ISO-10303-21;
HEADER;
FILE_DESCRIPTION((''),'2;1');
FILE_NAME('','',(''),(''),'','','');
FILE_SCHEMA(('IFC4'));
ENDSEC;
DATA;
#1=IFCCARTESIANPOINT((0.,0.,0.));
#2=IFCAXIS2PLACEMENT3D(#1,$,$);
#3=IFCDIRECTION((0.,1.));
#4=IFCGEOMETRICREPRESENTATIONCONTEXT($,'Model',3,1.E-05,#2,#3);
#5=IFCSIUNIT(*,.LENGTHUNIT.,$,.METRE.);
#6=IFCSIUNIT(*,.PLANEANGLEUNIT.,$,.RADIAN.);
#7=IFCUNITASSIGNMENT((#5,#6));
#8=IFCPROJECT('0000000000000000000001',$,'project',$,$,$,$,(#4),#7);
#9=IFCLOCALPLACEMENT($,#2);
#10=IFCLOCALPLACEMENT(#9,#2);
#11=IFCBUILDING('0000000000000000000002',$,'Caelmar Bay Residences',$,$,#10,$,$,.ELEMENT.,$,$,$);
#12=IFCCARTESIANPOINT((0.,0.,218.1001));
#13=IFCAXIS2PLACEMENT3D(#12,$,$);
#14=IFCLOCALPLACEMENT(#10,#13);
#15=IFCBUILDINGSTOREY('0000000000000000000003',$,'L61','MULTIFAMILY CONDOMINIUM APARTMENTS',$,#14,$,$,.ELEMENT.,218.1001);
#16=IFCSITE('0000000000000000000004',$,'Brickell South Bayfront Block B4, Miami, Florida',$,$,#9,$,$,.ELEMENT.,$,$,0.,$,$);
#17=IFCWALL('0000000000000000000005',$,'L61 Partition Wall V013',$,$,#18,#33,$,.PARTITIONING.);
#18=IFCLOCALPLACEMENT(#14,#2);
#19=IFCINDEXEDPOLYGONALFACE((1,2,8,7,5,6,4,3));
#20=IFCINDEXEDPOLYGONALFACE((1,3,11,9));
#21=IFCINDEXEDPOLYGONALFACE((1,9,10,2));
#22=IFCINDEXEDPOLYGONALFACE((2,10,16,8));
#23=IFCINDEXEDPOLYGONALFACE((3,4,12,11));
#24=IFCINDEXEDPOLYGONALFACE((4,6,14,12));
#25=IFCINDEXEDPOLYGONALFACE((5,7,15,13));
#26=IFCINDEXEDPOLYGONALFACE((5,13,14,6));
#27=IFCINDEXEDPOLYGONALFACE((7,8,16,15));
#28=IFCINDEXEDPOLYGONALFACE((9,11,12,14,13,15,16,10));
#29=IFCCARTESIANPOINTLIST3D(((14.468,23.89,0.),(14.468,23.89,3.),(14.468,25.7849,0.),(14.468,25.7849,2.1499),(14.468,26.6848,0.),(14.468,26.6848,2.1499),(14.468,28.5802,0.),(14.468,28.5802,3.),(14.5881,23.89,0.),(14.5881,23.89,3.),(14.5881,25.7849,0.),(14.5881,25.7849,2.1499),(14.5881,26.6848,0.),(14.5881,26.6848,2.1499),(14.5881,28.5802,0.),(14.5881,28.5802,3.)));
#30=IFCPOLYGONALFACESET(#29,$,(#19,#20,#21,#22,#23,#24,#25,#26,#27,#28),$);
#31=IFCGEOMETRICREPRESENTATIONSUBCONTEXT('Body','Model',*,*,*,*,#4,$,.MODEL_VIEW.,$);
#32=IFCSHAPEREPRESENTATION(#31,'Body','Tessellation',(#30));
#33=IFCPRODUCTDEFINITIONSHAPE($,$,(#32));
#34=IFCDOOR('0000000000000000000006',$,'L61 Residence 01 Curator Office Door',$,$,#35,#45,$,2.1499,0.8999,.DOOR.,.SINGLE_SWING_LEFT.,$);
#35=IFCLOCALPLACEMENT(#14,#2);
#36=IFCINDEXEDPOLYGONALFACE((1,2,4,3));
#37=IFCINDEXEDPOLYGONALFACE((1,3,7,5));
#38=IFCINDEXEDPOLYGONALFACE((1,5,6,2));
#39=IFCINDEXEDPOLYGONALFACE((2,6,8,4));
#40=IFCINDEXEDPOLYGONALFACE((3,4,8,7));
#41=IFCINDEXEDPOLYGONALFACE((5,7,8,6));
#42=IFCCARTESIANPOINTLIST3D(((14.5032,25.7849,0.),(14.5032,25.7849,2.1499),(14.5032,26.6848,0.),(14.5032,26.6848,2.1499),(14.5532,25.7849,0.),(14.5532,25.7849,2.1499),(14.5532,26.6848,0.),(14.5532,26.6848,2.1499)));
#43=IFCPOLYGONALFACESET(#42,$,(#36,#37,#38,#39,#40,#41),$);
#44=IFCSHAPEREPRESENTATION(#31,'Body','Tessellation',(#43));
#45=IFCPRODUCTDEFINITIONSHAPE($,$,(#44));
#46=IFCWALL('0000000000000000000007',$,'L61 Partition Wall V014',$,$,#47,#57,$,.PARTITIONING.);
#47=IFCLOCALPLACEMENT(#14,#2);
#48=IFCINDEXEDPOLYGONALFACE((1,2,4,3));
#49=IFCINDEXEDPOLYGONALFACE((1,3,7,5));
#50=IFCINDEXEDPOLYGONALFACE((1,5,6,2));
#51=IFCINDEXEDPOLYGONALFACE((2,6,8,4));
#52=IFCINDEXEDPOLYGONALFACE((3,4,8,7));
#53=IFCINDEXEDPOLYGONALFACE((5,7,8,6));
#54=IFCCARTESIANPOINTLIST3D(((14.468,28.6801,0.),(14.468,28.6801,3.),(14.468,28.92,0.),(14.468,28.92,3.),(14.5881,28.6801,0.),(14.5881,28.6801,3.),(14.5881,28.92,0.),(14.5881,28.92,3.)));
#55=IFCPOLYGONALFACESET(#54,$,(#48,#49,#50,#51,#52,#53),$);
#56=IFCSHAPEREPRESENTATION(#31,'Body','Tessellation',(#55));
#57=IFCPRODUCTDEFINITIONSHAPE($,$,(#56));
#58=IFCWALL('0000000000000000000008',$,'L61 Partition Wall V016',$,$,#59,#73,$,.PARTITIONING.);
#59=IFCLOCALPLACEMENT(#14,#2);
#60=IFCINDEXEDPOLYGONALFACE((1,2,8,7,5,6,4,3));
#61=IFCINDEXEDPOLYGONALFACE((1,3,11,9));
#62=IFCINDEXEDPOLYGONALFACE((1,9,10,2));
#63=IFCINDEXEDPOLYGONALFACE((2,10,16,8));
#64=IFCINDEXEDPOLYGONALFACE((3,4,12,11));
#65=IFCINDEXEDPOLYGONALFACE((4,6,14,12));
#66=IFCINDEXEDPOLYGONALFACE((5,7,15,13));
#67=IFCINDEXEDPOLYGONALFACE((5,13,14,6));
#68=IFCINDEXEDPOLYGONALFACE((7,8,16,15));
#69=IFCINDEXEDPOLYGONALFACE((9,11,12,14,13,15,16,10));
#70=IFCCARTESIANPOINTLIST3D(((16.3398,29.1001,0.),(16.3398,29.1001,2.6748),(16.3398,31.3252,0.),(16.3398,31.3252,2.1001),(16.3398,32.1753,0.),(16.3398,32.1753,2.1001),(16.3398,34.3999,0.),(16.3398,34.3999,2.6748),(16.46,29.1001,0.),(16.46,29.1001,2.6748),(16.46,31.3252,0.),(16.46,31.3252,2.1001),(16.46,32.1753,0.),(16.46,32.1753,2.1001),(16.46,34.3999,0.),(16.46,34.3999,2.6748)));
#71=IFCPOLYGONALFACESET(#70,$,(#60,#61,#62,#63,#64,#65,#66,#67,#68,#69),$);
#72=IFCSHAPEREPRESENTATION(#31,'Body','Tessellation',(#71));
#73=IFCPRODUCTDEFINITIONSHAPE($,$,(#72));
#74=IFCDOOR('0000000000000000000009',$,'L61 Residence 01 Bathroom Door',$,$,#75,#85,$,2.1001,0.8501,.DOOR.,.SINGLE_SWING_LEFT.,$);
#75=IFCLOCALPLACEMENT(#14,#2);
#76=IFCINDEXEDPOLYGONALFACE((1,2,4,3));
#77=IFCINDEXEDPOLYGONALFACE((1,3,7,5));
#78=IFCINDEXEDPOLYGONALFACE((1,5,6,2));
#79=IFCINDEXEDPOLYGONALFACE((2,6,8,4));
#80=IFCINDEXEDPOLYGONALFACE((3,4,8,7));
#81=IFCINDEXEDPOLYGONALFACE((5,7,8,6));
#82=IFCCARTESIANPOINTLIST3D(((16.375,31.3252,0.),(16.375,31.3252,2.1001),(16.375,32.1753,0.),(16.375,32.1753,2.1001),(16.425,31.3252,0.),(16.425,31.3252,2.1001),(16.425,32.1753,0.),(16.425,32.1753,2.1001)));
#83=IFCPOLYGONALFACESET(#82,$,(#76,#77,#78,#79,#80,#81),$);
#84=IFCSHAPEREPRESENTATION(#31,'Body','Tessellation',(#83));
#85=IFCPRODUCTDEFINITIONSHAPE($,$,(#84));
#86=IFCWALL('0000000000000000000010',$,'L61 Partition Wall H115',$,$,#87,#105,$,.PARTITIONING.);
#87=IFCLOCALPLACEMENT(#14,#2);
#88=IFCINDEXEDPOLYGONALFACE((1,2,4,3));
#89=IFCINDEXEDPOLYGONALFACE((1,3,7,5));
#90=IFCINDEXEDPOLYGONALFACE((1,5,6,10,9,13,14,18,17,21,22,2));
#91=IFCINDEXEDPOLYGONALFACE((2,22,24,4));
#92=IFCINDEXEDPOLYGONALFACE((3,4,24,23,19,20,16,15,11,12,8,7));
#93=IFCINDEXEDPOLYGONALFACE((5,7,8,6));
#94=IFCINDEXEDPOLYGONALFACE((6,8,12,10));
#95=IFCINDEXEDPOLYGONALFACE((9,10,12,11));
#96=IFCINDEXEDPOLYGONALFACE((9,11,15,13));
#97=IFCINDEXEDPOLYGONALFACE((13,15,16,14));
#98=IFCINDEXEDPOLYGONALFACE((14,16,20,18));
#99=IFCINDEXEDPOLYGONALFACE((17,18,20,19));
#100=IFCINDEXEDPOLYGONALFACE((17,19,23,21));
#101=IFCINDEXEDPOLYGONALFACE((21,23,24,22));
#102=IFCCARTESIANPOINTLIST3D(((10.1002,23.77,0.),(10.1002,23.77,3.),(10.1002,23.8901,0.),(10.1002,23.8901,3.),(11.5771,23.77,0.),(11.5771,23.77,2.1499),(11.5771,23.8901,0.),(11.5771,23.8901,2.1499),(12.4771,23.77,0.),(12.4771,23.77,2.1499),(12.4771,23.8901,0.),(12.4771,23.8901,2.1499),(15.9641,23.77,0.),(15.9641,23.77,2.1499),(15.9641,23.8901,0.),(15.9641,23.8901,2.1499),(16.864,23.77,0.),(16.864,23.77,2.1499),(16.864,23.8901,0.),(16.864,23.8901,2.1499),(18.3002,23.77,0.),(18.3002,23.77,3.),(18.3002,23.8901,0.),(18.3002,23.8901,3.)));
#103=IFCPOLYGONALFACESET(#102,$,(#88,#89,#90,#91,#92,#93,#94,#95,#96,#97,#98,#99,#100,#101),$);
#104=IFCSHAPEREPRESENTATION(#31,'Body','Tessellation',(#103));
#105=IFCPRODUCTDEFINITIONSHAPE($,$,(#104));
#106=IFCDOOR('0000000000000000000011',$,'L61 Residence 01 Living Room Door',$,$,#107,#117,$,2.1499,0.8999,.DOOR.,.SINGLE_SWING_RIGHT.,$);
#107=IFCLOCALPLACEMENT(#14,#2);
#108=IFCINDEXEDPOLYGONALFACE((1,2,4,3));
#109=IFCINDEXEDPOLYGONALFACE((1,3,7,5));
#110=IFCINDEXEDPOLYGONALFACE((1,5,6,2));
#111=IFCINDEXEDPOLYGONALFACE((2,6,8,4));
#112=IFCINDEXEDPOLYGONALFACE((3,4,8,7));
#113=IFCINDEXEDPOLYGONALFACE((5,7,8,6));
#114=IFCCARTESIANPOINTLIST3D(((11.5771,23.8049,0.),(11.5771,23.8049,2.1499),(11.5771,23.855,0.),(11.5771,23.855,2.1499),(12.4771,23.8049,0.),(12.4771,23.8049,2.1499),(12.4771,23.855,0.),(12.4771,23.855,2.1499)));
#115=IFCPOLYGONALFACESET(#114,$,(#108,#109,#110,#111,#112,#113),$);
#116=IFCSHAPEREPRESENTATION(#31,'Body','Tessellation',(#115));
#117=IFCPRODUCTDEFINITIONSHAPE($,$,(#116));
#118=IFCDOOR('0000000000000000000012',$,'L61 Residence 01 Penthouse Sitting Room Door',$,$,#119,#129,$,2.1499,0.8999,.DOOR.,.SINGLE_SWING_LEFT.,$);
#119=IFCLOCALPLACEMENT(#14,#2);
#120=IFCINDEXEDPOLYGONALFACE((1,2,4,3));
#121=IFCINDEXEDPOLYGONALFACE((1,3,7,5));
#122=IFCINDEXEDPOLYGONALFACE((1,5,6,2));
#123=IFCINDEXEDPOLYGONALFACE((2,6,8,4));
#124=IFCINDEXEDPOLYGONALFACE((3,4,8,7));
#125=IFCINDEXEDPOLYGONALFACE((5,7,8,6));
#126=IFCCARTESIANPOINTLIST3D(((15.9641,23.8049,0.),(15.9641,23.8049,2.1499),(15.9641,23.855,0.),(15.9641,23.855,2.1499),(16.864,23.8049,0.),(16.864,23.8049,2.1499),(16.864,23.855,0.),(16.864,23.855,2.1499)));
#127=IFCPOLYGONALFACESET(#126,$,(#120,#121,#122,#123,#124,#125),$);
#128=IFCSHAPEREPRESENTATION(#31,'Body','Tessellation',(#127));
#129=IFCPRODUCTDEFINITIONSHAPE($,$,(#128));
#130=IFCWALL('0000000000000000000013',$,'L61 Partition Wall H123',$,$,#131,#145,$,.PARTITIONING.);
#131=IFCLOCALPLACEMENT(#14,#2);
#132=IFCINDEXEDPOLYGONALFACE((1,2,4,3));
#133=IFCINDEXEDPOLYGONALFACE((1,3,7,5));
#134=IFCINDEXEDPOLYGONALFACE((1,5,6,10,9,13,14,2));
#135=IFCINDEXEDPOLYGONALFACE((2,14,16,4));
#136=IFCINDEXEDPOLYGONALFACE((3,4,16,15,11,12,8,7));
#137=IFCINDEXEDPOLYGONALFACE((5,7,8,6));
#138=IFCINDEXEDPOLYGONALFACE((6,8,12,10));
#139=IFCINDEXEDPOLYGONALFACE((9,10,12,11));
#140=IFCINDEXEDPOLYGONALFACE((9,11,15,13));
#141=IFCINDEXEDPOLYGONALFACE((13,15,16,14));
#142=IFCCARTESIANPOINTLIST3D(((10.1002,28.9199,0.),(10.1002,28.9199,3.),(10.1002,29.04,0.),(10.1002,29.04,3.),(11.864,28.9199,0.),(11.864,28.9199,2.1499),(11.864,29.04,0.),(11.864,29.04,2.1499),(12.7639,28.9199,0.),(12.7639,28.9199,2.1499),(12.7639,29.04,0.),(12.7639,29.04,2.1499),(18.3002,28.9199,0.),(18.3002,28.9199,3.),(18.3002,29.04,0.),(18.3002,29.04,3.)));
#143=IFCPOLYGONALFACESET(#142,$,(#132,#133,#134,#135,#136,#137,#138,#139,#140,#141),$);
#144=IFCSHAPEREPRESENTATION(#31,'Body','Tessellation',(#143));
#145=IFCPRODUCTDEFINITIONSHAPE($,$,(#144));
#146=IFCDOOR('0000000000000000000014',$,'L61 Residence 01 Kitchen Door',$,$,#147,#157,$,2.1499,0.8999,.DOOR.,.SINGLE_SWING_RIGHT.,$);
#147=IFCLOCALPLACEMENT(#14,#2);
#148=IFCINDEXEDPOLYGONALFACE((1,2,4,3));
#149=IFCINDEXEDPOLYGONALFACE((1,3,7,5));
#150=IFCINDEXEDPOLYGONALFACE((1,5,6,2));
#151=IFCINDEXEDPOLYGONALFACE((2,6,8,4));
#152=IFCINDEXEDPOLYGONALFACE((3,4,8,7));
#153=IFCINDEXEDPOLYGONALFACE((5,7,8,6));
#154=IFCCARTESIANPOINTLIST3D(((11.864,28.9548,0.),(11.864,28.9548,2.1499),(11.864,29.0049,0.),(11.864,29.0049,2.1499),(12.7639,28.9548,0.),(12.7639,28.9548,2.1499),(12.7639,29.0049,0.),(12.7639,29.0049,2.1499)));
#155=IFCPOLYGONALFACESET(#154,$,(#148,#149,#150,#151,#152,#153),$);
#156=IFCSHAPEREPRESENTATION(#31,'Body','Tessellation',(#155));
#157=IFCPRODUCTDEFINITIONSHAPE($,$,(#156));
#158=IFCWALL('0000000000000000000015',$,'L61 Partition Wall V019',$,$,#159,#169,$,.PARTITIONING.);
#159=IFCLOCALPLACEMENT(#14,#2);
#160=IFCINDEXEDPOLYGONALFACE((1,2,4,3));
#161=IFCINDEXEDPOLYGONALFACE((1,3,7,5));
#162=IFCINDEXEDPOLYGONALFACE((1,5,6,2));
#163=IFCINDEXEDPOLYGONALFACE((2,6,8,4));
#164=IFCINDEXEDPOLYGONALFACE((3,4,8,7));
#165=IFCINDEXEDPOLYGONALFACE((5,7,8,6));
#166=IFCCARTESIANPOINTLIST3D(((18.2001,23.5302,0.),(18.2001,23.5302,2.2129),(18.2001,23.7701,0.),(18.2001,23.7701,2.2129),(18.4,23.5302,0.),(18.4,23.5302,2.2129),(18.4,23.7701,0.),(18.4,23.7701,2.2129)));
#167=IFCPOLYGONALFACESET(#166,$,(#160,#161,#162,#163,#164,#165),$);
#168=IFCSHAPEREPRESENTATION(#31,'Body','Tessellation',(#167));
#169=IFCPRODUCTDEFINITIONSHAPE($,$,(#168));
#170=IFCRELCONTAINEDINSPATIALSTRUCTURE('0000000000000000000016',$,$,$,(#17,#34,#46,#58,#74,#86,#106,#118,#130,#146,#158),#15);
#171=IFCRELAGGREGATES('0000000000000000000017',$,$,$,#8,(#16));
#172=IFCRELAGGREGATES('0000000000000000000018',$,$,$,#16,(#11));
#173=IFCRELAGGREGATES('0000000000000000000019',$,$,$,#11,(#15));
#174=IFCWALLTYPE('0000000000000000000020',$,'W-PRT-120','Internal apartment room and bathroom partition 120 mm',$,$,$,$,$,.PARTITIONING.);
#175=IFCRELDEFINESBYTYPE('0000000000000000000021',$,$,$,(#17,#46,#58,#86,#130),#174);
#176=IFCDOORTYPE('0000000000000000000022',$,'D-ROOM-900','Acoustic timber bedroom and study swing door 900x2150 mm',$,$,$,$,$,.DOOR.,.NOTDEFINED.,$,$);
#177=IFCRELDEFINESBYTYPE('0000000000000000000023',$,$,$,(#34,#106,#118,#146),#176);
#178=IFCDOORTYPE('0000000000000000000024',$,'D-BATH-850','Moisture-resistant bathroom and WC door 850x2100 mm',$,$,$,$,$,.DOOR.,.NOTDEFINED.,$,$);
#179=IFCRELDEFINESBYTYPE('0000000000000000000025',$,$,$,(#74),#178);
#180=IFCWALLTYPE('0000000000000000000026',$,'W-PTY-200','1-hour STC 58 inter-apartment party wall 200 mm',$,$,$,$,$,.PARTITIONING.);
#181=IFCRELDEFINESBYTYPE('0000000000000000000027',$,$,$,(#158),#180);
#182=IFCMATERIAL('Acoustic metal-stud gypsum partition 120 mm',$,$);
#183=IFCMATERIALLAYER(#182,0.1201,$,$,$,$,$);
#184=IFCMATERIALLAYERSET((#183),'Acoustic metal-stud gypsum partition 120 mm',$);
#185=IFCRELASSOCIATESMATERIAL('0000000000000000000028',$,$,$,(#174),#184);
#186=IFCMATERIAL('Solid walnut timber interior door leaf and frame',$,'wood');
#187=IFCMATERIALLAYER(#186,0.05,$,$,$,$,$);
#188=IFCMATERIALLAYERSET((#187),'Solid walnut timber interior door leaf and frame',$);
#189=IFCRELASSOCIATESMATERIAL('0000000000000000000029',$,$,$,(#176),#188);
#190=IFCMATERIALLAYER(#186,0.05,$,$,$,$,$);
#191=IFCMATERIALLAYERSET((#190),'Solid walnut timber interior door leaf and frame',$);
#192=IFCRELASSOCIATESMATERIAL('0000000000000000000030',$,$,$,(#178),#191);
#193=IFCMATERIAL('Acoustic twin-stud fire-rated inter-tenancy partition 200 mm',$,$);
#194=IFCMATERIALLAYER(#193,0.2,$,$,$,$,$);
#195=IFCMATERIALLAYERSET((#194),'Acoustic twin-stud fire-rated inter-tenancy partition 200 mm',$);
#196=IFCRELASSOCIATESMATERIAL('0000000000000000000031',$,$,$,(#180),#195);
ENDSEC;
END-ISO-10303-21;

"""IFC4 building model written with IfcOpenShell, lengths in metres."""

from ifc_helpers import new_model, si_unit, direction, frame, frame_2d, origin, place, context, subcontext, project, spatial, rectangle, extrude, material, layer, layer_set, type_object, element, fill, save


model = new_model("IFC4")

# Units and contexts
model_context = context("Model", 3, precision=1e-05, world=origin(), true_north=direction((0.0, 1.0)))
body_context = subcontext(model_context, "Body", "Model", "MODEL_VIEW")
ifc_project = project(units=[si_unit("LENGTHUNIT", "METRE"), si_unit("PLANEANGLEUNIT", "RADIAN")], contexts=[model_context])

# Site, building, storey
site_placement = place(None, origin())
site = spatial("IfcSite", under=ifc_project, at=site_placement, Name="Brickell South Bayfront Block B4, Miami, Florida", CompositionType="ELEMENT", RefElevation=0.0)
building_placement = place(site_placement, origin())
building = spatial("IfcBuilding", under=site, at=building_placement, Name="Caelmar Bay Residences", CompositionType="ELEMENT")
storey_placement = place(building_placement, frame((0.0, 0.0, 218.1001)))
storey = spatial("IfcBuildingStorey", under=building, at=storey_placement, Name="L61", Description="MULTIFAMILY CONDOMINIUM APARTMENTS", CompositionType="ELEMENT", Elevation=218.1001)

# Shared definitions
ifc_material_1 = material(Name="Acoustic metal-stud gypsum partition 120 mm")
ifc_layer_1 = layer(ifc_material_1, 0.1201)
ifc_layer_set_1 = layer_set([ifc_layer_1], Name="Acoustic metal-stud gypsum partition 120 mm")
wall_type_1 = type_object("IfcWallType", Name="W-PRT-120", Description="Internal apartment room and bathroom partition 120 mm", PredefinedType="PARTITIONING", material=ifc_layer_set_1)

# Shared definitions
ifc_material_2 = material(Name="Solid walnut timber interior door leaf and frame", Category="wood")
ifc_layer_2 = layer(ifc_material_2, 0.05)
ifc_layer_set_2 = layer_set([ifc_layer_2], Name="Solid walnut timber interior door leaf and frame")
door_type_1 = type_object("IfcDoorType", Name="D-ROOM-900", Description="Acoustic timber bedroom and study swing door 900x2150 mm", OperationType="NOTDEFINED", PredefinedType="DOOR", material=ifc_layer_set_2)

# Wall, opening, door
wall_1_placement = place(storey_placement, frame((14.5281, 23.8899, 0.0), z_axis=(0.0, 0.0, 1.0), x_axis=(0.0, 1.0, 0.0)))
wall_1 = element("IfcWall", 1, at=wall_1_placement, inside=storey, type_object=wall_type_1, Name="L61 Partition Wall V013", PredefinedType="PARTITIONING", context=body_context, shape_type="SweptSolid", body=[
    extrude(rectangle(XDim=4.6902, YDim=0.1201, at=frame_2d((2.3452, 0.0))), origin(), (0.0, 0.0, 1.0), 3.0),
])
opening_1_placement = place(wall_1_placement, frame((1.895, 0.0, 0.0)))
opening_1 = element("IfcOpeningElement", 2, at=opening_1_placement, cuts=wall_1, PredefinedType="OPENING", context=body_context, shape_type="SweptSolid", body=[
    extrude(rectangle(XDim=0.8999, YDim=2.1499, at=frame_2d((0.45, 1.075))), frame((0.0, 0.0701, 0.0), z_axis=(0.0, -1.0, 0.0), x_axis=(1.0, 0.0, 0.0)), (0.0, 0.0, 1.0), 0.1401),
])
door_1_placement = place(opening_1_placement, origin())
door_1 = element("IfcDoor", 3, at=door_1_placement, inside=storey, type_object=door_type_1, Name="L61 Residence 01 Curator Office Door", OperationType="SINGLE_SWING_LEFT", OverallHeight=2.1499, OverallWidth=0.8999, PredefinedType="DOOR", context=body_context, shape_type="SweptSolid", body=[
    extrude(rectangle(XDim=0.8999, YDim=2.1499, at=frame_2d((0.45, 1.075))), frame((0.0, 0.0249, 0.0), z_axis=(0.0, -1.0, 0.0), x_axis=(1.0, 0.0, 0.0)), (0.0, 0.0, 1.0), 0.05),
])
fill(opening_1, door_1)

# Wall
wall_2_placement = place(storey_placement, frame((14.5281, 28.6799, 0.0), z_axis=(0.0, 0.0, 1.0), x_axis=(0.0, 1.0, 0.0)))
element("IfcWall", 4, at=wall_2_placement, inside=storey, type_object=wall_type_1, Name="L61 Partition Wall V014", PredefinedType="PARTITIONING", context=body_context, shape_type="SweptSolid", body=[
    extrude(rectangle(XDim=0.24, YDim=0.1201, at=frame_2d((0.1201, 0.0))), origin(), (0.0, 0.0, 1.0), 3.0),
])

# Wall, opening, door
wall_3_placement = place(storey_placement, frame((16.3999, 29.1001, 0.0), z_axis=(0.0, 0.0, 1.0), x_axis=(0.0, 1.0, 0.0)))
wall_3 = element("IfcWall", 5, at=wall_3_placement, inside=storey, type_object=wall_type_1, Name="L61 Partition Wall V016", PredefinedType="PARTITIONING", context=body_context, shape_type="SweptSolid", body=[
    extrude(rectangle(XDim=5.2998, YDim=0.1201, at=frame_2d((2.6499, 0.0))), origin(), (0.0, 0.0, 1.0), 2.6748),
])
opening_2_placement = place(wall_3_placement, frame((2.2251, 0.0, 0.0)))
opening_2 = element("IfcOpeningElement", 6, at=opening_2_placement, cuts=wall_3, PredefinedType="OPENING", context=body_context, shape_type="SweptSolid", body=[
    extrude(rectangle(XDim=0.8501, YDim=2.1001, at=frame_2d((0.425, 1.05))), frame((0.0, 0.0701, 0.0), z_axis=(0.0, -1.0, 0.0), x_axis=(1.0, 0.0, 0.0)), (0.0, 0.0, 1.0), 0.1401),
])
ifc_layer_3 = layer(ifc_material_2, 0.05)
ifc_layer_set_3 = layer_set([ifc_layer_3], Name="Solid walnut timber interior door leaf and frame")
door_type_2 = type_object("IfcDoorType", Name="D-BATH-850", Description="Moisture-resistant bathroom and WC door 850x2100 mm", OperationType="NOTDEFINED", PredefinedType="DOOR", material=ifc_layer_set_3)
door_2_placement = place(opening_2_placement, origin())
door_2 = element("IfcDoor", 7, at=door_2_placement, inside=storey, type_object=door_type_2, Name="L61 Residence 01 Bathroom Door", OperationType="SINGLE_SWING_LEFT", OverallHeight=2.1001, OverallWidth=0.8501, PredefinedType="DOOR", context=body_context, shape_type="SweptSolid", body=[
    extrude(rectangle(XDim=0.8501, YDim=2.1001, at=frame_2d((0.425, 1.05))), frame((0.0, 0.0249, 0.0), z_axis=(0.0, -1.0, 0.0), x_axis=(1.0, 0.0, 0.0)), (0.0, 0.0, 1.0), 0.05),
])
fill(opening_2, door_2)

# Wall, openings, doors
wall_4_placement = place(storey_placement, frame((10.1001, 23.8301, 0.0), z_axis=(0.0, 0.0, 1.0), x_axis=(1.0, 0.0, 0.0)))
wall_4 = element("IfcWall", 8, at=wall_4_placement, inside=storey, type_object=wall_type_1, Name="L61 Partition Wall H115", PredefinedType="PARTITIONING", context=body_context, shape_type="SweptSolid", body=[
    extrude(rectangle(XDim=8.2, YDim=0.1201, at=frame_2d((4.1001, 0.0))), origin(), (0.0, 0.0, 1.0), 3.0),
])
opening_3_placement = place(wall_4_placement, frame((1.4771, 0.0, 0.0)))
opening_3 = element("IfcOpeningElement", 9, at=opening_3_placement, cuts=wall_4, PredefinedType="OPENING", context=body_context, shape_type="SweptSolid", body=[
    extrude(rectangle(XDim=0.8999, YDim=2.1499, at=frame_2d((0.45, 1.075))), frame((0.0, 0.0701, 0.0), z_axis=(0.0, -1.0, 0.0), x_axis=(1.0, 0.0, 0.0)), (0.0, 0.0, 1.0), 0.1401),
])
opening_4_placement = place(wall_4_placement, frame((5.864, 0.0, 0.0)))
opening_4 = element("IfcOpeningElement", 10, at=opening_4_placement, cuts=wall_4, PredefinedType="OPENING", context=body_context, shape_type="SweptSolid", body=[
    extrude(rectangle(XDim=0.8999, YDim=2.1499, at=frame_2d((0.45, 1.075))), frame((0.0, 0.0701, 0.0), z_axis=(0.0, -1.0, 0.0), x_axis=(1.0, 0.0, 0.0)), (0.0, 0.0, 1.0), 0.1401),
])
door_3_placement = place(opening_3_placement, origin())
door_3 = element("IfcDoor", 11, at=door_3_placement, inside=storey, type_object=door_type_1, Name="L61 Residence 01 Living Room Door", OperationType="SINGLE_SWING_RIGHT", OverallHeight=2.1499, OverallWidth=0.8999, PredefinedType="DOOR", context=body_context, shape_type="SweptSolid", body=[
    extrude(rectangle(XDim=0.8999, YDim=2.1499, at=frame_2d((0.45, 1.075))), frame((0.0, 0.0249, 0.0), z_axis=(0.0, -1.0, 0.0), x_axis=(1.0, 0.0, 0.0)), (0.0, 0.0, 1.0), 0.05),
])
fill(opening_3, door_3)
door_4_placement = place(opening_4_placement, origin())
door_4 = element("IfcDoor", 12, at=door_4_placement, inside=storey, type_object=door_type_1, Name="L61 Residence 01 Penthouse Sitting Room Door", OperationType="SINGLE_SWING_LEFT", OverallHeight=2.1499, OverallWidth=0.8999, PredefinedType="DOOR", context=body_context, shape_type="SweptSolid", body=[
    extrude(rectangle(XDim=0.8999, YDim=2.1499, at=frame_2d((0.45, 1.075))), frame((0.0, 0.0249, 0.0), z_axis=(0.0, -1.0, 0.0), x_axis=(1.0, 0.0, 0.0)), (0.0, 0.0, 1.0), 0.05),
])
fill(opening_4, door_4)

# Wall, opening, door
wall_5_placement = place(storey_placement, frame((10.1001, 28.98, 0.0), z_axis=(0.0, 0.0, 1.0), x_axis=(1.0, 0.0, 0.0)))
wall_5 = element("IfcWall", 13, at=wall_5_placement, inside=storey, type_object=wall_type_1, Name="L61 Partition Wall H123", PredefinedType="PARTITIONING", context=body_context, shape_type="SweptSolid", body=[
    extrude(rectangle(XDim=8.2, YDim=0.1201, at=frame_2d((4.1001, 0.0))), origin(), (0.0, 0.0, 1.0), 3.0),
])
opening_5_placement = place(wall_5_placement, frame((1.7639, 0.0, 0.0)))
opening_5 = element("IfcOpeningElement", 14, at=opening_5_placement, cuts=wall_5, PredefinedType="OPENING", context=body_context, shape_type="SweptSolid", body=[
    extrude(rectangle(XDim=0.8999, YDim=2.1499, at=frame_2d((0.45, 1.075))), frame((0.0, 0.0701, 0.0), z_axis=(0.0, -1.0, 0.0), x_axis=(1.0, 0.0, 0.0)), (0.0, 0.0, 1.0), 0.1401),
])
door_5_placement = place(opening_5_placement, origin())
door_5 = element("IfcDoor", 15, at=door_5_placement, inside=storey, type_object=door_type_1, Name="L61 Residence 01 Kitchen Door", OperationType="SINGLE_SWING_RIGHT", OverallHeight=2.1499, OverallWidth=0.8999, PredefinedType="DOOR", context=body_context, shape_type="SweptSolid", body=[
    extrude(rectangle(XDim=0.8999, YDim=2.1499, at=frame_2d((0.45, 1.075))), frame((0.0, 0.0249, 0.0), z_axis=(0.0, -1.0, 0.0), x_axis=(1.0, 0.0, 0.0)), (0.0, 0.0, 1.0), 0.05),
])
fill(opening_5, door_5)

# Wall
ifc_material_3 = material(Name="Acoustic twin-stud fire-rated inter-tenancy partition 200 mm")
ifc_layer_4 = layer(ifc_material_3, 0.2)
ifc_layer_set_4 = layer_set([ifc_layer_4], Name="Acoustic twin-stud fire-rated inter-tenancy partition 200 mm")
wall_type_2 = type_object("IfcWallType", Name="W-PTY-200", Description="1-hour STC 58 inter-apartment party wall 200 mm", PredefinedType="PARTITIONING", material=ifc_layer_set_4)
wall_6_placement = place(storey_placement, frame((18.3, 23.53, 0.0), z_axis=(0.0, 0.0, 1.0), x_axis=(0.0, 1.0, 0.0)))
element("IfcWall", 16, at=wall_6_placement, inside=storey, type_object=wall_type_2, Name="L61 Partition Wall V019", PredefinedType="PARTITIONING", context=body_context, shape_type="SweptSolid", body=[
    extrude(rectangle(XDim=0.24, YDim=0.2, at=frame_2d((0.1201, 0.0))), origin(), (0.0, 0.0, 1.0), 2.2129),
])

save(model, "model.ifc")
